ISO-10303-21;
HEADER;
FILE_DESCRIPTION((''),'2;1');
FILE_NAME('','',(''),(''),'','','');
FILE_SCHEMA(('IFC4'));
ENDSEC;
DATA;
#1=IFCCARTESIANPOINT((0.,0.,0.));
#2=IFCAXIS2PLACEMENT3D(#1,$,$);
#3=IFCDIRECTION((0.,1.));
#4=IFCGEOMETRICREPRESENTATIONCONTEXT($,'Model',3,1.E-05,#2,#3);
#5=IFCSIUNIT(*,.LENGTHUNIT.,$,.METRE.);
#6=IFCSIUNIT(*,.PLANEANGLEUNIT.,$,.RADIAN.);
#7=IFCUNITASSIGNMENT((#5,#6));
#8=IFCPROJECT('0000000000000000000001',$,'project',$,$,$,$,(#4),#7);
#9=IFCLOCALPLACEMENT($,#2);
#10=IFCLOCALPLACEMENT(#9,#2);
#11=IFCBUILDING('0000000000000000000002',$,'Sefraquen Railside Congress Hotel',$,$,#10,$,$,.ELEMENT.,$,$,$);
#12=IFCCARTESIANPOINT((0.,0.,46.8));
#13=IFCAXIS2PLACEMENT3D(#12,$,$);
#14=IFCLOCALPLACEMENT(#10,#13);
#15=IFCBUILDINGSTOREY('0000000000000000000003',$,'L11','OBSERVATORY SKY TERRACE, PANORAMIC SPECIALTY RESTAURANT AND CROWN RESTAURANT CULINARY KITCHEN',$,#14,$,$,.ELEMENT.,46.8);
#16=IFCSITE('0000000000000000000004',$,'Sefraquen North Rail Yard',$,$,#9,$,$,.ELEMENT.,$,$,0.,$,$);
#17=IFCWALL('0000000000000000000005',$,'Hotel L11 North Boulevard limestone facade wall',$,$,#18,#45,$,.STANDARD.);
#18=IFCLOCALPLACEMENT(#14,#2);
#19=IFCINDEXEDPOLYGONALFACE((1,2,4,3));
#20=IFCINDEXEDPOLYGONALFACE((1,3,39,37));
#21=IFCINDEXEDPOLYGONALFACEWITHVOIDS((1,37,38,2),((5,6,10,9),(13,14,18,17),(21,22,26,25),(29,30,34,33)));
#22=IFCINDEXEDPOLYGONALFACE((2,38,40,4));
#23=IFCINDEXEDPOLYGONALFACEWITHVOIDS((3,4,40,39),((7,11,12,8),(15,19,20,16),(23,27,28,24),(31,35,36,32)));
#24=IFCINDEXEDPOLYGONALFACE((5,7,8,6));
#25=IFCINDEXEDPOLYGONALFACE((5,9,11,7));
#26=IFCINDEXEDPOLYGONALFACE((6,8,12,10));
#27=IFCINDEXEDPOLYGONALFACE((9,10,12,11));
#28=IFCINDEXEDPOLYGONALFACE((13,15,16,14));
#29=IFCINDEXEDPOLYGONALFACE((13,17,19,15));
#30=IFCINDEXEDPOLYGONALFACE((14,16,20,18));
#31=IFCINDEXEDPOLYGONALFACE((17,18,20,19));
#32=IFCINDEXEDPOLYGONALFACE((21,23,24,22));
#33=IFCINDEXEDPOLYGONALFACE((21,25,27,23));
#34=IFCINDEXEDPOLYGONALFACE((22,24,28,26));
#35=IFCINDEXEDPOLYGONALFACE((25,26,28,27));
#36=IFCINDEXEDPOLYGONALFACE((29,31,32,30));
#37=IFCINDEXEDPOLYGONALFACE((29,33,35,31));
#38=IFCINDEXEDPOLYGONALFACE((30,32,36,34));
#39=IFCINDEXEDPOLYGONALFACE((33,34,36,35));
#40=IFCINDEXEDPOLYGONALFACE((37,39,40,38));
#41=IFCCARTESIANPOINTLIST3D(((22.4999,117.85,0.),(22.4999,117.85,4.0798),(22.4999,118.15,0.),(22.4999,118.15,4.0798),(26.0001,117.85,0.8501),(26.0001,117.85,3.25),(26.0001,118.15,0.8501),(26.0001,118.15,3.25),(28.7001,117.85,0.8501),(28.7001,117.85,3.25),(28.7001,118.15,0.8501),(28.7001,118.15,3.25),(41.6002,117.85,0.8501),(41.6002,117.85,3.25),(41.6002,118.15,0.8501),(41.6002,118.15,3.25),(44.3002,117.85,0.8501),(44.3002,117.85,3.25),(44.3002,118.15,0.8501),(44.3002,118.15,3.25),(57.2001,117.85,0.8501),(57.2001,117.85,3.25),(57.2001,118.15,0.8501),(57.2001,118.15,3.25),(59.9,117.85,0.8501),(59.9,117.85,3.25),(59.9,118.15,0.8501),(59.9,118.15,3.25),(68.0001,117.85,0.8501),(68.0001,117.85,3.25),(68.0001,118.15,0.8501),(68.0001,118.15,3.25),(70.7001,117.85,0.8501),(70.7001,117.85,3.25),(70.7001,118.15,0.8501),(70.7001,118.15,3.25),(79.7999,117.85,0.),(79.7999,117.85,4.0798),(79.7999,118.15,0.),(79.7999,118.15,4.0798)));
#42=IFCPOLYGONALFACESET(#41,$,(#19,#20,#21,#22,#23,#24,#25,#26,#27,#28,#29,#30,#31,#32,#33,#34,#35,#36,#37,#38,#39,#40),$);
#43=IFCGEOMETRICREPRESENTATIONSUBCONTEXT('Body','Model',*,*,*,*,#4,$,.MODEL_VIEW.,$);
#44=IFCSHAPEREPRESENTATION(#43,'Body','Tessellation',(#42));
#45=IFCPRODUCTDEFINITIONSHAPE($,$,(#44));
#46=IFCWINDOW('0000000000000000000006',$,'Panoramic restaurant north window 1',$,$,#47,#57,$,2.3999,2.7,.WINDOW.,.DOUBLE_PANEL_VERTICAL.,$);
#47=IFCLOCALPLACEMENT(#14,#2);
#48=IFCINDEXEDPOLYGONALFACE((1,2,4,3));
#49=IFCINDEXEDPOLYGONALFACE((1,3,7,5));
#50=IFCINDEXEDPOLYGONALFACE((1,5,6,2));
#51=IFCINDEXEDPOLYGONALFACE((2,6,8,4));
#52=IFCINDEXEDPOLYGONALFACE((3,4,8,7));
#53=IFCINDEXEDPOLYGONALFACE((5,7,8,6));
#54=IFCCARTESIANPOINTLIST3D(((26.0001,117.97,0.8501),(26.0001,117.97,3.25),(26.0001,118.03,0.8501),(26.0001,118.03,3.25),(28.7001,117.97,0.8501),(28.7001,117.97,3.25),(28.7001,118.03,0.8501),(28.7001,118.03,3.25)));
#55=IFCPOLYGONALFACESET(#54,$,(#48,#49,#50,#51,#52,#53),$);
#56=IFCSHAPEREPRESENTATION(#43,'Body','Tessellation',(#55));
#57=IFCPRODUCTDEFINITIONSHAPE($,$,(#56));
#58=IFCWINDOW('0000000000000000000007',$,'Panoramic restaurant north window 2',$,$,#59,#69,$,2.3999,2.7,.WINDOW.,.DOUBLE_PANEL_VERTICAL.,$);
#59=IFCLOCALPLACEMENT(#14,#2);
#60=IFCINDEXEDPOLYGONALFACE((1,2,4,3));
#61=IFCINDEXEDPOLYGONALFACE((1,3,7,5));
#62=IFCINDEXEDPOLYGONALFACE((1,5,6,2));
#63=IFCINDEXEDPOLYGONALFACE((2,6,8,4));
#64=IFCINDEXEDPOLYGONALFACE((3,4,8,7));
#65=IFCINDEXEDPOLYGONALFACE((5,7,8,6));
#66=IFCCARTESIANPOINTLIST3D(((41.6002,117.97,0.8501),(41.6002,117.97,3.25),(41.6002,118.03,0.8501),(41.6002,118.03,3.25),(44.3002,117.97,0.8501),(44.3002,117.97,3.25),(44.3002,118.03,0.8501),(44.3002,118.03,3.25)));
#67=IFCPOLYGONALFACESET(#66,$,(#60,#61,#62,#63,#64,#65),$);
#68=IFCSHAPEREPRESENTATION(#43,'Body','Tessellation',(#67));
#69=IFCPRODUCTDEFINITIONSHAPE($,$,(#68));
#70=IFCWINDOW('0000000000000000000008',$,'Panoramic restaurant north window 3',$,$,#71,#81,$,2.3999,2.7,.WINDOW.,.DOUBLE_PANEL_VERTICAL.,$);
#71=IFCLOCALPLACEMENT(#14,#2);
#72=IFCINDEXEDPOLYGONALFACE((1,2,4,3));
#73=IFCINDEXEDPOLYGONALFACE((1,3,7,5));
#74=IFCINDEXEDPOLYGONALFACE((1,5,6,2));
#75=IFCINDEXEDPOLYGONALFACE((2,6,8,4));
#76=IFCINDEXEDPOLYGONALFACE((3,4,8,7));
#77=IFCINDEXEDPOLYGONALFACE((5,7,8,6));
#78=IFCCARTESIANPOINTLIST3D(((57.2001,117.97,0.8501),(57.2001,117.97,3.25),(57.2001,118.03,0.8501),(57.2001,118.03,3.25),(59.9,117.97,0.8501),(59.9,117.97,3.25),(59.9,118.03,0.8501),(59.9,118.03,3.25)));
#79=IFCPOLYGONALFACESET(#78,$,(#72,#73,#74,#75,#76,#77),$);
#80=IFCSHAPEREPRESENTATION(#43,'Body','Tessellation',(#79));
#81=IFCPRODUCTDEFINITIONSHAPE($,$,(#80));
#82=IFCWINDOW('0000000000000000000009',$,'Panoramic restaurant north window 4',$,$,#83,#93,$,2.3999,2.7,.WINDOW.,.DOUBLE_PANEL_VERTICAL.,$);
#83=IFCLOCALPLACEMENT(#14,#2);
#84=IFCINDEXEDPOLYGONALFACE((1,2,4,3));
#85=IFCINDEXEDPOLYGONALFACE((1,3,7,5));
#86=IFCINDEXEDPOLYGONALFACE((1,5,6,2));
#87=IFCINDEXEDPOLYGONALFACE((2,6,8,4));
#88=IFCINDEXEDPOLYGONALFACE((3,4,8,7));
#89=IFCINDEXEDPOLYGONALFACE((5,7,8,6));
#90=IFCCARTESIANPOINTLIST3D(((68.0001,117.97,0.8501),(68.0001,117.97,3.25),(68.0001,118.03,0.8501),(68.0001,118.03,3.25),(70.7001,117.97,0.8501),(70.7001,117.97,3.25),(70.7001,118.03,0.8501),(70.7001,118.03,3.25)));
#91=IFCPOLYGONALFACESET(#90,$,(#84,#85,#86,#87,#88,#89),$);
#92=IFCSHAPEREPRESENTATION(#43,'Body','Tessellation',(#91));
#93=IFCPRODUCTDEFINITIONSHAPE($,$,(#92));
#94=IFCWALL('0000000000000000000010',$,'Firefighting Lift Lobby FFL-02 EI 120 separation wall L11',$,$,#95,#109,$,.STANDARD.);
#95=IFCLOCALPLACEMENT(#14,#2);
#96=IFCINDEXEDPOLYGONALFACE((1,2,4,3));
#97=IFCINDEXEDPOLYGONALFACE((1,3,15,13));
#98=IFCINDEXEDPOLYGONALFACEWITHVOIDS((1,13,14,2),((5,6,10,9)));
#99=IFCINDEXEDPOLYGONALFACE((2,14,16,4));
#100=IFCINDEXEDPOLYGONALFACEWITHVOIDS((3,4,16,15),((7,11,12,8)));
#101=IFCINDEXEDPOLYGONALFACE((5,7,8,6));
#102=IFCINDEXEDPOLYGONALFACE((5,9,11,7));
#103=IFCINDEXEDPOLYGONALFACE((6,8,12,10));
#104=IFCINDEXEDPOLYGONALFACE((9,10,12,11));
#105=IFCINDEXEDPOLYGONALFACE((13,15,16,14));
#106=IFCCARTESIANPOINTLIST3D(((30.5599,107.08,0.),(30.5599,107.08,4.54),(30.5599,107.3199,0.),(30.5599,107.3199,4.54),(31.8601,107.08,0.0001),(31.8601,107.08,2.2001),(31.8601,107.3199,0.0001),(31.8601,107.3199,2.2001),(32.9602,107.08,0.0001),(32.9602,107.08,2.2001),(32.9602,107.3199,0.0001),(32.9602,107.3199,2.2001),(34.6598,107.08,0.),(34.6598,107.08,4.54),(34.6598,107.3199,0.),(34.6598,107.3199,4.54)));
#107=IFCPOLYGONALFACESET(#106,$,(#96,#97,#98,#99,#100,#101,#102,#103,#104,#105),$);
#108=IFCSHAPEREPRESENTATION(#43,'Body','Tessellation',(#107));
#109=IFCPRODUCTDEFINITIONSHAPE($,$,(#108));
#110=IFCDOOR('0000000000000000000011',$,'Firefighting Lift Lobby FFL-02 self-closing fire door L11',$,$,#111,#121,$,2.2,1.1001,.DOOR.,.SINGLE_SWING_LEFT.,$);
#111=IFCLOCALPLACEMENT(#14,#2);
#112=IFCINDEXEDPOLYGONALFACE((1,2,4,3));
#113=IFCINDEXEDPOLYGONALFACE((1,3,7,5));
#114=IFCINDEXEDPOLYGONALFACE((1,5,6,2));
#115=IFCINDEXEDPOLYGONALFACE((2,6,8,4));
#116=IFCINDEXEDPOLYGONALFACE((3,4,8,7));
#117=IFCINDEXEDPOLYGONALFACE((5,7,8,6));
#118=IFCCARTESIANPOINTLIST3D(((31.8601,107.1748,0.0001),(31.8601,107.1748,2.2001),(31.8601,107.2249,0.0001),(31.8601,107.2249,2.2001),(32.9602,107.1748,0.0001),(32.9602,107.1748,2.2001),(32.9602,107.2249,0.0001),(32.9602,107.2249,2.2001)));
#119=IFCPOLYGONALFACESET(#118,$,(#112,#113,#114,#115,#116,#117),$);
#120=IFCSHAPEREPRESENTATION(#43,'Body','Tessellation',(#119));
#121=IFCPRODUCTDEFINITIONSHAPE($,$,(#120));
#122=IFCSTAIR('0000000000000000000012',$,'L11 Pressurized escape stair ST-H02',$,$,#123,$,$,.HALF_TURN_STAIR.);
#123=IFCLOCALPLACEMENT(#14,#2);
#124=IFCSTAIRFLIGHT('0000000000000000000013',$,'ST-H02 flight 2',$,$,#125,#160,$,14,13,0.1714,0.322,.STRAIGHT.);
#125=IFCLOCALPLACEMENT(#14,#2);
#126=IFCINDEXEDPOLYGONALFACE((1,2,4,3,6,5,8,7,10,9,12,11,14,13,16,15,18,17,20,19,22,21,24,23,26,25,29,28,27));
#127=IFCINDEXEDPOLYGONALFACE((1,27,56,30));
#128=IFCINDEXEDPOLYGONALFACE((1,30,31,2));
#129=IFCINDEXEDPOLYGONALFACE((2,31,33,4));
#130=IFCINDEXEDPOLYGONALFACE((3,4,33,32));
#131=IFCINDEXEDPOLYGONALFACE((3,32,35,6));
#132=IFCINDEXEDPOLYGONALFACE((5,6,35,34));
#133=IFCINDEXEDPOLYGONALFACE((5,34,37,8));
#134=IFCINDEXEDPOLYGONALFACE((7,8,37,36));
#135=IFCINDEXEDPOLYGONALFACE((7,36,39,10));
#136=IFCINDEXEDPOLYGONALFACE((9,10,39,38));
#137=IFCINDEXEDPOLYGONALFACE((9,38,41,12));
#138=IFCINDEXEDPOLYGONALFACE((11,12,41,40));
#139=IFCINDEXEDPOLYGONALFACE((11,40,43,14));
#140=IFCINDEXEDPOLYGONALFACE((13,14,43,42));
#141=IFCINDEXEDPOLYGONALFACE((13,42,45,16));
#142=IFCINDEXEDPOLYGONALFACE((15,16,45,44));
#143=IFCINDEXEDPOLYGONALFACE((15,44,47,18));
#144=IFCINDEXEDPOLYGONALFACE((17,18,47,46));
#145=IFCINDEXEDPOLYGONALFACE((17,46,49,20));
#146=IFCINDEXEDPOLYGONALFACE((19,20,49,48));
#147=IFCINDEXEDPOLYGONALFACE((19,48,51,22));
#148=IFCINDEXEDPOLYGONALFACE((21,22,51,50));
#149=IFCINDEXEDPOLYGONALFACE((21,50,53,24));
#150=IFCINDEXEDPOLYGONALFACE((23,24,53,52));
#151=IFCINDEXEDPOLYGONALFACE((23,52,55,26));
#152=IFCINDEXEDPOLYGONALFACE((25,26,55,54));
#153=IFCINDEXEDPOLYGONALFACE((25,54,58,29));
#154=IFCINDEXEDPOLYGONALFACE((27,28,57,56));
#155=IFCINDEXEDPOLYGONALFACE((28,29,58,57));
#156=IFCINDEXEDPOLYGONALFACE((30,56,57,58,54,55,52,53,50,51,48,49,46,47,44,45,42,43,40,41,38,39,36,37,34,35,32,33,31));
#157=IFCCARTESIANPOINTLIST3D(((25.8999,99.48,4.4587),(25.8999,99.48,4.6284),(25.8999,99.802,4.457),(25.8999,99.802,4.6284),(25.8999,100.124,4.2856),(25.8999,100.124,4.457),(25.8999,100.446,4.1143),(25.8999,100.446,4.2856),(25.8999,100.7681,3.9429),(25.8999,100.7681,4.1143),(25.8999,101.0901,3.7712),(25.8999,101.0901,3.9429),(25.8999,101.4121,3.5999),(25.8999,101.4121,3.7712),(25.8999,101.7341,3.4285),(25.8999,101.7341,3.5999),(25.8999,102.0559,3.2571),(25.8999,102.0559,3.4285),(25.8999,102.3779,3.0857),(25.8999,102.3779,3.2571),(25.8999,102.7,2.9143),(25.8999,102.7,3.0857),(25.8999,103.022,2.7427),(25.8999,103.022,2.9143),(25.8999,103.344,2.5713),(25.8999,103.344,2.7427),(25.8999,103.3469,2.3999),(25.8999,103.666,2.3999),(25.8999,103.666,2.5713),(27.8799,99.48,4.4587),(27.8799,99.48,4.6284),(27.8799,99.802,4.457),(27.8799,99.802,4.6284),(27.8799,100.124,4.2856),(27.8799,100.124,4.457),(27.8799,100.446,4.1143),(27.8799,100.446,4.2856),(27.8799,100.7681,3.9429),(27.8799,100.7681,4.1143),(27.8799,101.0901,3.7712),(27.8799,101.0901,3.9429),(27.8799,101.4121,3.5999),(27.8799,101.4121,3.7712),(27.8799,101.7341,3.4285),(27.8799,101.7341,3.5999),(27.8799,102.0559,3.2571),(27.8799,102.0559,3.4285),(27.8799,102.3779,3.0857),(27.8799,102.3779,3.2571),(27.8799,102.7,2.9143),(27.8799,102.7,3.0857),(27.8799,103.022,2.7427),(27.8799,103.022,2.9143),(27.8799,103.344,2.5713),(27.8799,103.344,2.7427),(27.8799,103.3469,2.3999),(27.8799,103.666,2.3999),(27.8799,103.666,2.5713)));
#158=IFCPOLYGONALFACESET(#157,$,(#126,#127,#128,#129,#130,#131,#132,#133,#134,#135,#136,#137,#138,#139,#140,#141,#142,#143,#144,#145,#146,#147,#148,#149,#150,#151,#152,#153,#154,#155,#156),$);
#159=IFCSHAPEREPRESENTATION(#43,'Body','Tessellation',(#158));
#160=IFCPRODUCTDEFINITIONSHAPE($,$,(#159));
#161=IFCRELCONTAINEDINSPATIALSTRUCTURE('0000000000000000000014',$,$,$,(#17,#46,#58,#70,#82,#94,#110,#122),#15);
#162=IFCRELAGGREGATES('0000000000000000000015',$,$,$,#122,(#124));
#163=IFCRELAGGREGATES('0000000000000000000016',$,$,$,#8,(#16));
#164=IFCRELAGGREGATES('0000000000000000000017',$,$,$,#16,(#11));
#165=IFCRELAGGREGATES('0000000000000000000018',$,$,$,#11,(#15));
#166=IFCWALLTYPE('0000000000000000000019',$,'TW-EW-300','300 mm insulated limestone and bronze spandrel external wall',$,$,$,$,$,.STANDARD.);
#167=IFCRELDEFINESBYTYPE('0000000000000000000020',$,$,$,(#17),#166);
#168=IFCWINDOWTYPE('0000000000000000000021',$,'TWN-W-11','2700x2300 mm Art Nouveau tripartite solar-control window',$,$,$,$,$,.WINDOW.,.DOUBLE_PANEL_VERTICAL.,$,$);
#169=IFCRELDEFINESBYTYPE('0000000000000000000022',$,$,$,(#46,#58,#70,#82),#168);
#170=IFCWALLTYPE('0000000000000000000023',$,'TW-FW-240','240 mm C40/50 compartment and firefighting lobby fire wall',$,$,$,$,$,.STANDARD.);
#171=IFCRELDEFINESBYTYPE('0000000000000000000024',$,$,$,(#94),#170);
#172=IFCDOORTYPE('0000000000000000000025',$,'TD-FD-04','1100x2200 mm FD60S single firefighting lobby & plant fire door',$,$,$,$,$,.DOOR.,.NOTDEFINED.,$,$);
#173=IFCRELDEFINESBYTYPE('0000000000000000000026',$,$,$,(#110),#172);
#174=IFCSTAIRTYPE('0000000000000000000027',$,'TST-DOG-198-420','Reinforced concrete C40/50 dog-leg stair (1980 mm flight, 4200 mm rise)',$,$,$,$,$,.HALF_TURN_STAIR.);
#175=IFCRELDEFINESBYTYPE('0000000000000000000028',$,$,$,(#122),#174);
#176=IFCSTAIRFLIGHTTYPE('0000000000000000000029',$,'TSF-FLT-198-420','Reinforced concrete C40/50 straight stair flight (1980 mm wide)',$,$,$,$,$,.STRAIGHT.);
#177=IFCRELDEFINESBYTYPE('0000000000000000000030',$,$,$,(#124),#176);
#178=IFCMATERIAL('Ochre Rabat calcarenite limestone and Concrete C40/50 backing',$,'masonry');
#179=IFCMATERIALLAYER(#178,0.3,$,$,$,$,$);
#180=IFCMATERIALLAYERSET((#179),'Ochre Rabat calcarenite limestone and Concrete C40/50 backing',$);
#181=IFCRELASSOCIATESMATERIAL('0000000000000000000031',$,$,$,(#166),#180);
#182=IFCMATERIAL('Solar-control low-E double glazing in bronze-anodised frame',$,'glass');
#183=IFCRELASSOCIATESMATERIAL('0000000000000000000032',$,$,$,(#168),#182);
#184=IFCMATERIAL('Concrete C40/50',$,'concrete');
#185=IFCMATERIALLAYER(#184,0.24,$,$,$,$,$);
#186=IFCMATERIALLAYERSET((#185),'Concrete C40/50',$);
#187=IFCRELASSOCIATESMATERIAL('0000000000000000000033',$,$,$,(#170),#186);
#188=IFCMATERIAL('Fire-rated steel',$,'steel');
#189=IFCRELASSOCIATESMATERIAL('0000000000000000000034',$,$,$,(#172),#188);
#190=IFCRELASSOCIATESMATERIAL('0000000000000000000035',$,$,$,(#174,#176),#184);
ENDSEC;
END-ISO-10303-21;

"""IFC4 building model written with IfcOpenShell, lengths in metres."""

from ifc_helpers import new_model, si_unit, direction, frame, frame_2d, origin, place, context, subcontext, project, spatial, polyline, rectangle, outline, extrude, material, layer, layer_set, type_object, element, fill, aggregate, save


model = new_model("IFC4")

# Units and contexts
model_context = context("Model", 3, precision=1e-05, world=origin(), true_north=direction((0.0, 1.0)))
body_context = subcontext(model_context, "Body", "Model", "MODEL_VIEW")
ifc_project = project(units=[si_unit("LENGTHUNIT", "METRE"), si_unit("PLANEANGLEUNIT", "RADIAN")], contexts=[model_context])

# Site, building, storey
site_placement = place(None, origin())
site = spatial("IfcSite", under=ifc_project, at=site_placement, Name="Sefraquen North Rail Yard", CompositionType="ELEMENT", RefElevation=0.0)
building_placement = place(site_placement, origin())
building = spatial("IfcBuilding", under=site, at=building_placement, Name="Sefraquen Railside Congress Hotel", CompositionType="ELEMENT")
storey_placement = place(building_placement, frame((0.0, 0.0, 46.8)))
storey = spatial("IfcBuildingStorey", under=building, at=storey_placement, Name="L11", Description="OBSERVATORY SKY TERRACE, PANORAMIC SPECIALTY RESTAURANT AND CROWN RESTAURANT CULINARY KITCHEN", CompositionType="ELEMENT", Elevation=46.8)

# Wall, openings, windows
ifc_material_1 = material(Name="Ochre Rabat calcarenite limestone and Concrete C40/50 backing", Category="masonry")
ifc_layer_1 = layer(ifc_material_1, 0.3)
ifc_layer_set_1 = layer_set([ifc_layer_1], Name="Ochre Rabat calcarenite limestone and Concrete C40/50 backing")
wall_type_1 = type_object("IfcWallType", Name="TW-EW-300", Description="300 mm insulated limestone and bronze spandrel external wall", PredefinedType="STANDARD", material=ifc_layer_set_1)
wall_1_placement = place(storey_placement, frame((22.5, 118.0, 0.0), z_axis=(0.0, 0.0, 1.0), x_axis=(1.0, 0.0, 0.0)))
wall_1 = element("IfcWall", 1, at=wall_1_placement, inside=storey, type_object=wall_type_1, Name="Hotel L11 North Boulevard limestone facade wall", PredefinedType="STANDARD", context=body_context, shape_type="SweptSolid", body=[
    extrude(rectangle(XDim=57.3, YDim=0.3, at=frame_2d((28.6499, 0.0))), origin(), (0.0, 0.0, 1.0), 4.0798),
])
opening_1_placement = place(wall_1_placement, frame((3.5, 0.0, 0.8501)))
opening_1 = element("IfcOpeningElement", 2, at=opening_1_placement, cuts=wall_1, PredefinedType="OPENING", context=body_context, shape_type="SweptSolid", body=[
    extrude(rectangle(XDim=2.7, YDim=2.3999, at=frame_2d((1.3501, 1.2))), frame((0.0, 0.1599, 0.0), z_axis=(0.0, -1.0, 0.0), x_axis=(1.0, 0.0, 0.0)), (0.0, 0.0, 1.0), 0.3201),
])
opening_2_placement = place(wall_1_placement, frame((19.1001, 0.0, 0.8501)))
opening_2 = element("IfcOpeningElement", 3, at=opening_2_placement, cuts=wall_1, PredefinedType="OPENING", context=body_context, shape_type="SweptSolid", body=[
    extrude(rectangle(XDim=2.7, YDim=2.3999, at=frame_2d((1.3501, 1.2))), frame((0.0, 0.1599, 0.0), z_axis=(0.0, -1.0, 0.0), x_axis=(1.0, 0.0, 0.0)), (0.0, 0.0, 1.0), 0.3201),
])
opening_3_placement = place(wall_1_placement, frame((34.7, 0.0, 0.8501)))
opening_3 = element("IfcOpeningElement", 4, at=opening_3_placement, cuts=wall_1, PredefinedType="OPENING", context=body_context, shape_type="SweptSolid", body=[
    extrude(rectangle(XDim=2.7, YDim=2.3999, at=frame_2d((1.3501, 1.2))), frame((0.0, 0.1599, 0.0), z_axis=(0.0, -1.0, 0.0), x_axis=(1.0, 0.0, 0.0)), (0.0, 0.0, 1.0), 0.3201),
])
opening_4_placement = place(wall_1_placement, frame((45.5, 0.0, 0.8501)))
opening_4 = element("IfcOpeningElement", 5, at=opening_4_placement, cuts=wall_1, PredefinedType="OPENING", context=body_context, shape_type="SweptSolid", body=[
    extrude(rectangle(XDim=2.7, YDim=2.3999, at=frame_2d((1.3501, 1.2))), frame((0.0, 0.1599, 0.0), z_axis=(0.0, -1.0, 0.0), x_axis=(1.0, 0.0, 0.0)), (0.0, 0.0, 1.0), 0.3201),
])
ifc_material_2 = material(Name="Solar-control low-E double glazing in bronze-anodised frame", Category="glass")
window_type = type_object("IfcWindowType", Name="TWN-W-11", Description="2700x2300 mm Art Nouveau tripartite solar-control window", PartitioningType="DOUBLE_PANEL_VERTICAL", PredefinedType="WINDOW", material=ifc_material_2)
window_1_placement = place(opening_1_placement, origin())
window_1 = element("IfcWindow", 6, at=window_1_placement, inside=storey, type_object=window_type, Name="Panoramic restaurant north window 1", OverallHeight=2.3999, OverallWidth=2.7, PartitioningType="DOUBLE_PANEL_VERTICAL", PredefinedType="WINDOW", context=body_context, shape_type="SweptSolid", body=[
    extrude(rectangle(XDim=2.7, YDim=2.3999, at=frame_2d((1.3501, 1.2))), frame((0.0, 0.03, 0.0), z_axis=(0.0, -1.0, 0.0), x_axis=(1.0, 0.0, 0.0)), (0.0, 0.0, 1.0), 0.0601),
])
fill(opening_1, window_1)
window_2_placement = place(opening_2_placement, origin())
window_2 = element("IfcWindow", 7, at=window_2_placement, inside=storey, type_object=window_type, Name="Panoramic restaurant north window 2", OverallHeight=2.3999, OverallWidth=2.7, PartitioningType="DOUBLE_PANEL_VERTICAL", PredefinedType="WINDOW", context=body_context, shape_type="SweptSolid", body=[
    extrude(rectangle(XDim=2.7, YDim=2.3999, at=frame_2d((1.3501, 1.2))), frame((0.0, 0.03, 0.0), z_axis=(0.0, -1.0, 0.0), x_axis=(1.0, 0.0, 0.0)), (0.0, 0.0, 1.0), 0.0601),
])
fill(opening_2, window_2)
window_3_placement = place(opening_3_placement, origin())
window_3 = element("IfcWindow", 8, at=window_3_placement, inside=storey, type_object=window_type, Name="Panoramic restaurant north window 3", OverallHeight=2.3999, OverallWidth=2.7, PartitioningType="DOUBLE_PANEL_VERTICAL", PredefinedType="WINDOW", context=body_context, shape_type="SweptSolid", body=[
    extrude(rectangle(XDim=2.7, YDim=2.3999, at=frame_2d((1.3501, 1.2))), frame((0.0, 0.03, 0.0), z_axis=(0.0, -1.0, 0.0), x_axis=(1.0, 0.0, 0.0)), (0.0, 0.0, 1.0), 0.0601),
])
fill(opening_3, window_3)
window_4_placement = place(opening_4_placement, origin())
window_4 = element("IfcWindow", 9, at=window_4_placement, inside=storey, type_object=window_type, Name="Panoramic restaurant north window 4", OverallHeight=2.3999, OverallWidth=2.7, PartitioningType="DOUBLE_PANEL_VERTICAL", PredefinedType="WINDOW", context=body_context, shape_type="SweptSolid", body=[
    extrude(rectangle(XDim=2.7, YDim=2.3999, at=frame_2d((1.3501, 1.2))), frame((0.0, 0.03, 0.0), z_axis=(0.0, -1.0, 0.0), x_axis=(1.0, 0.0, 0.0)), (0.0, 0.0, 1.0), 0.0601),
])
fill(opening_4, window_4)

# Wall, opening, door
ifc_material_3 = material(Name="Concrete C40/50", Category="concrete")
ifc_layer_2 = layer(ifc_material_3, 0.24)
ifc_layer_set_2 = layer_set([ifc_layer_2], Name="Concrete C40/50")
wall_type_2 = type_object("IfcWallType", Name="TW-FW-240", Description="240 mm C40/50 compartment and firefighting lobby fire wall", PredefinedType="STANDARD", material=ifc_layer_set_2)
wall_2_placement = place(storey_placement, frame((30.5601, 107.2, 0.0), z_axis=(0.0, 0.0, 1.0), x_axis=(1.0, 0.0, 0.0)))
wall_2 = element("IfcWall", 10, at=wall_2_placement, inside=storey, type_object=wall_type_2, Name="Firefighting Lift Lobby FFL-02 EI 120 separation wall L11", PredefinedType="STANDARD", context=body_context, shape_type="SweptSolid", body=[
    extrude(rectangle(XDim=4.0999, YDim=0.24, at=frame_2d((2.0498, 0.0))), origin(), (0.0, 0.0, 1.0), 4.54),
])
opening_5_placement = place(wall_2_placement, frame((1.3, 0.0, 0.0)))
opening_5 = element("IfcOpeningElement", 11, at=opening_5_placement, cuts=wall_2, PredefinedType="OPENING", context=body_context, shape_type="SweptSolid", body=[
    extrude(rectangle(XDim=1.1001, YDim=2.2, at=frame_2d((0.55, 1.1001))), frame((0.0, 0.1299, 0.0), z_axis=(0.0, -1.0, 0.0), x_axis=(1.0, 0.0, 0.0)), (0.0, 0.0, 1.0), 0.26),
])
ifc_material_4 = material(Name="Fire-rated steel", Category="steel")
door_type_1 = type_object("IfcDoorType", Name="TD-FD-04", Description="1100x2200 mm FD60S single firefighting lobby & plant fire door", OperationType="NOTDEFINED", PredefinedType="DOOR", material=ifc_material_4)
door_1_placement = place(opening_5_placement, origin())
door_1 = element("IfcDoor", 12, at=door_1_placement, inside=storey, type_object=door_type_1, Name="Firefighting Lift Lobby FFL-02 self-closing fire door L11", OperationType="SINGLE_SWING_LEFT", OverallHeight=2.2, OverallWidth=1.1001, PredefinedType="DOOR", context=body_context, shape_type="SweptSolid", body=[
    extrude(rectangle(XDim=1.1001, YDim=2.2, at=frame_2d((0.55, 1.1001))), frame((0.0, 0.0249, 0.0), z_axis=(0.0, -1.0, 0.0), x_axis=(1.0, 0.0, 0.0)), (0.0, 0.0, 1.0), 0.05),
])
fill(opening_5, door_1)

# Stair, stair flight
stair_type = type_object("IfcStairType", Name="TST-DOG-198-420", Description="Reinforced concrete C40/50 dog-leg stair (1980 mm flight, 4200 mm rise)", PredefinedType="HALF_TURN_STAIR", material=ifc_material_3)
stair_placement = place(storey_placement, origin())
stair = element("IfcStair", 13, at=stair_placement, inside=storey, type_object=stair_type, Name="L11 Pressurized escape stair ST-H02", PredefinedType="HALF_TURN_STAIR")
stair_flight_type = type_object("IfcStairFlightType", Name="TSF-FLT-198-420", Description="Reinforced concrete C40/50 straight stair flight (1980 mm wide)", PredefinedType="STRAIGHT", material=ifc_material_3)
stair_flight_placement = place(storey_placement, frame((26.8899, 103.666, 2.3999), z_axis=(0.0, 0.0, 1.0), x_axis=(0.0, -1.0, 0.0)))
stair_flight = element("IfcStairFlight", 14, at=stair_flight_placement, type_object=stair_flight_type, Name="ST-H02 flight 2", NumberOfRisers=14, NumberOfTreads=13, PredefinedType="STRAIGHT", RiserHeight=0.1714, TreadLength=0.322, context=body_context, shape_type="SweptSolid", body=[
    extrude(outline(polyline([(0.0, 0.0), (0.0, 0.1714), (0.322, 0.1714), (0.322, 0.3428), (0.644, 0.3428), (0.644, 0.5144), (0.9661, 0.5144), (0.9661, 0.6858), (1.2881, 0.6858), (1.2881, 0.8572), (1.6101, 0.8572), (1.6101, 1.0286), (1.9319, 1.0286), (1.9319, 1.2), (2.2539, 1.2), (2.2539, 1.3713), (2.5759, 1.3713), (2.5759, 1.543), (2.8979, 1.543), (2.8979, 1.7144), (3.22, 1.7144), (3.22, 1.8857), (3.542, 1.8857), (3.542, 2.0571), (3.864, 2.0571), (3.864, 2.2285), (4.186, 2.2285), (4.186, 2.3999), (4.186, 2.0588), (0.3191, 0.0), (0.0, 0.0)])), frame((0.0, 0.99, 0.0), z_axis=(0.0, -1.0, 0.0), x_axis=(1.0, 0.0, 0.0)), (0.0, 0.0, 1.0), 1.98),
])
aggregate(stair, [stair_flight])

save(model, "model.ifc")
